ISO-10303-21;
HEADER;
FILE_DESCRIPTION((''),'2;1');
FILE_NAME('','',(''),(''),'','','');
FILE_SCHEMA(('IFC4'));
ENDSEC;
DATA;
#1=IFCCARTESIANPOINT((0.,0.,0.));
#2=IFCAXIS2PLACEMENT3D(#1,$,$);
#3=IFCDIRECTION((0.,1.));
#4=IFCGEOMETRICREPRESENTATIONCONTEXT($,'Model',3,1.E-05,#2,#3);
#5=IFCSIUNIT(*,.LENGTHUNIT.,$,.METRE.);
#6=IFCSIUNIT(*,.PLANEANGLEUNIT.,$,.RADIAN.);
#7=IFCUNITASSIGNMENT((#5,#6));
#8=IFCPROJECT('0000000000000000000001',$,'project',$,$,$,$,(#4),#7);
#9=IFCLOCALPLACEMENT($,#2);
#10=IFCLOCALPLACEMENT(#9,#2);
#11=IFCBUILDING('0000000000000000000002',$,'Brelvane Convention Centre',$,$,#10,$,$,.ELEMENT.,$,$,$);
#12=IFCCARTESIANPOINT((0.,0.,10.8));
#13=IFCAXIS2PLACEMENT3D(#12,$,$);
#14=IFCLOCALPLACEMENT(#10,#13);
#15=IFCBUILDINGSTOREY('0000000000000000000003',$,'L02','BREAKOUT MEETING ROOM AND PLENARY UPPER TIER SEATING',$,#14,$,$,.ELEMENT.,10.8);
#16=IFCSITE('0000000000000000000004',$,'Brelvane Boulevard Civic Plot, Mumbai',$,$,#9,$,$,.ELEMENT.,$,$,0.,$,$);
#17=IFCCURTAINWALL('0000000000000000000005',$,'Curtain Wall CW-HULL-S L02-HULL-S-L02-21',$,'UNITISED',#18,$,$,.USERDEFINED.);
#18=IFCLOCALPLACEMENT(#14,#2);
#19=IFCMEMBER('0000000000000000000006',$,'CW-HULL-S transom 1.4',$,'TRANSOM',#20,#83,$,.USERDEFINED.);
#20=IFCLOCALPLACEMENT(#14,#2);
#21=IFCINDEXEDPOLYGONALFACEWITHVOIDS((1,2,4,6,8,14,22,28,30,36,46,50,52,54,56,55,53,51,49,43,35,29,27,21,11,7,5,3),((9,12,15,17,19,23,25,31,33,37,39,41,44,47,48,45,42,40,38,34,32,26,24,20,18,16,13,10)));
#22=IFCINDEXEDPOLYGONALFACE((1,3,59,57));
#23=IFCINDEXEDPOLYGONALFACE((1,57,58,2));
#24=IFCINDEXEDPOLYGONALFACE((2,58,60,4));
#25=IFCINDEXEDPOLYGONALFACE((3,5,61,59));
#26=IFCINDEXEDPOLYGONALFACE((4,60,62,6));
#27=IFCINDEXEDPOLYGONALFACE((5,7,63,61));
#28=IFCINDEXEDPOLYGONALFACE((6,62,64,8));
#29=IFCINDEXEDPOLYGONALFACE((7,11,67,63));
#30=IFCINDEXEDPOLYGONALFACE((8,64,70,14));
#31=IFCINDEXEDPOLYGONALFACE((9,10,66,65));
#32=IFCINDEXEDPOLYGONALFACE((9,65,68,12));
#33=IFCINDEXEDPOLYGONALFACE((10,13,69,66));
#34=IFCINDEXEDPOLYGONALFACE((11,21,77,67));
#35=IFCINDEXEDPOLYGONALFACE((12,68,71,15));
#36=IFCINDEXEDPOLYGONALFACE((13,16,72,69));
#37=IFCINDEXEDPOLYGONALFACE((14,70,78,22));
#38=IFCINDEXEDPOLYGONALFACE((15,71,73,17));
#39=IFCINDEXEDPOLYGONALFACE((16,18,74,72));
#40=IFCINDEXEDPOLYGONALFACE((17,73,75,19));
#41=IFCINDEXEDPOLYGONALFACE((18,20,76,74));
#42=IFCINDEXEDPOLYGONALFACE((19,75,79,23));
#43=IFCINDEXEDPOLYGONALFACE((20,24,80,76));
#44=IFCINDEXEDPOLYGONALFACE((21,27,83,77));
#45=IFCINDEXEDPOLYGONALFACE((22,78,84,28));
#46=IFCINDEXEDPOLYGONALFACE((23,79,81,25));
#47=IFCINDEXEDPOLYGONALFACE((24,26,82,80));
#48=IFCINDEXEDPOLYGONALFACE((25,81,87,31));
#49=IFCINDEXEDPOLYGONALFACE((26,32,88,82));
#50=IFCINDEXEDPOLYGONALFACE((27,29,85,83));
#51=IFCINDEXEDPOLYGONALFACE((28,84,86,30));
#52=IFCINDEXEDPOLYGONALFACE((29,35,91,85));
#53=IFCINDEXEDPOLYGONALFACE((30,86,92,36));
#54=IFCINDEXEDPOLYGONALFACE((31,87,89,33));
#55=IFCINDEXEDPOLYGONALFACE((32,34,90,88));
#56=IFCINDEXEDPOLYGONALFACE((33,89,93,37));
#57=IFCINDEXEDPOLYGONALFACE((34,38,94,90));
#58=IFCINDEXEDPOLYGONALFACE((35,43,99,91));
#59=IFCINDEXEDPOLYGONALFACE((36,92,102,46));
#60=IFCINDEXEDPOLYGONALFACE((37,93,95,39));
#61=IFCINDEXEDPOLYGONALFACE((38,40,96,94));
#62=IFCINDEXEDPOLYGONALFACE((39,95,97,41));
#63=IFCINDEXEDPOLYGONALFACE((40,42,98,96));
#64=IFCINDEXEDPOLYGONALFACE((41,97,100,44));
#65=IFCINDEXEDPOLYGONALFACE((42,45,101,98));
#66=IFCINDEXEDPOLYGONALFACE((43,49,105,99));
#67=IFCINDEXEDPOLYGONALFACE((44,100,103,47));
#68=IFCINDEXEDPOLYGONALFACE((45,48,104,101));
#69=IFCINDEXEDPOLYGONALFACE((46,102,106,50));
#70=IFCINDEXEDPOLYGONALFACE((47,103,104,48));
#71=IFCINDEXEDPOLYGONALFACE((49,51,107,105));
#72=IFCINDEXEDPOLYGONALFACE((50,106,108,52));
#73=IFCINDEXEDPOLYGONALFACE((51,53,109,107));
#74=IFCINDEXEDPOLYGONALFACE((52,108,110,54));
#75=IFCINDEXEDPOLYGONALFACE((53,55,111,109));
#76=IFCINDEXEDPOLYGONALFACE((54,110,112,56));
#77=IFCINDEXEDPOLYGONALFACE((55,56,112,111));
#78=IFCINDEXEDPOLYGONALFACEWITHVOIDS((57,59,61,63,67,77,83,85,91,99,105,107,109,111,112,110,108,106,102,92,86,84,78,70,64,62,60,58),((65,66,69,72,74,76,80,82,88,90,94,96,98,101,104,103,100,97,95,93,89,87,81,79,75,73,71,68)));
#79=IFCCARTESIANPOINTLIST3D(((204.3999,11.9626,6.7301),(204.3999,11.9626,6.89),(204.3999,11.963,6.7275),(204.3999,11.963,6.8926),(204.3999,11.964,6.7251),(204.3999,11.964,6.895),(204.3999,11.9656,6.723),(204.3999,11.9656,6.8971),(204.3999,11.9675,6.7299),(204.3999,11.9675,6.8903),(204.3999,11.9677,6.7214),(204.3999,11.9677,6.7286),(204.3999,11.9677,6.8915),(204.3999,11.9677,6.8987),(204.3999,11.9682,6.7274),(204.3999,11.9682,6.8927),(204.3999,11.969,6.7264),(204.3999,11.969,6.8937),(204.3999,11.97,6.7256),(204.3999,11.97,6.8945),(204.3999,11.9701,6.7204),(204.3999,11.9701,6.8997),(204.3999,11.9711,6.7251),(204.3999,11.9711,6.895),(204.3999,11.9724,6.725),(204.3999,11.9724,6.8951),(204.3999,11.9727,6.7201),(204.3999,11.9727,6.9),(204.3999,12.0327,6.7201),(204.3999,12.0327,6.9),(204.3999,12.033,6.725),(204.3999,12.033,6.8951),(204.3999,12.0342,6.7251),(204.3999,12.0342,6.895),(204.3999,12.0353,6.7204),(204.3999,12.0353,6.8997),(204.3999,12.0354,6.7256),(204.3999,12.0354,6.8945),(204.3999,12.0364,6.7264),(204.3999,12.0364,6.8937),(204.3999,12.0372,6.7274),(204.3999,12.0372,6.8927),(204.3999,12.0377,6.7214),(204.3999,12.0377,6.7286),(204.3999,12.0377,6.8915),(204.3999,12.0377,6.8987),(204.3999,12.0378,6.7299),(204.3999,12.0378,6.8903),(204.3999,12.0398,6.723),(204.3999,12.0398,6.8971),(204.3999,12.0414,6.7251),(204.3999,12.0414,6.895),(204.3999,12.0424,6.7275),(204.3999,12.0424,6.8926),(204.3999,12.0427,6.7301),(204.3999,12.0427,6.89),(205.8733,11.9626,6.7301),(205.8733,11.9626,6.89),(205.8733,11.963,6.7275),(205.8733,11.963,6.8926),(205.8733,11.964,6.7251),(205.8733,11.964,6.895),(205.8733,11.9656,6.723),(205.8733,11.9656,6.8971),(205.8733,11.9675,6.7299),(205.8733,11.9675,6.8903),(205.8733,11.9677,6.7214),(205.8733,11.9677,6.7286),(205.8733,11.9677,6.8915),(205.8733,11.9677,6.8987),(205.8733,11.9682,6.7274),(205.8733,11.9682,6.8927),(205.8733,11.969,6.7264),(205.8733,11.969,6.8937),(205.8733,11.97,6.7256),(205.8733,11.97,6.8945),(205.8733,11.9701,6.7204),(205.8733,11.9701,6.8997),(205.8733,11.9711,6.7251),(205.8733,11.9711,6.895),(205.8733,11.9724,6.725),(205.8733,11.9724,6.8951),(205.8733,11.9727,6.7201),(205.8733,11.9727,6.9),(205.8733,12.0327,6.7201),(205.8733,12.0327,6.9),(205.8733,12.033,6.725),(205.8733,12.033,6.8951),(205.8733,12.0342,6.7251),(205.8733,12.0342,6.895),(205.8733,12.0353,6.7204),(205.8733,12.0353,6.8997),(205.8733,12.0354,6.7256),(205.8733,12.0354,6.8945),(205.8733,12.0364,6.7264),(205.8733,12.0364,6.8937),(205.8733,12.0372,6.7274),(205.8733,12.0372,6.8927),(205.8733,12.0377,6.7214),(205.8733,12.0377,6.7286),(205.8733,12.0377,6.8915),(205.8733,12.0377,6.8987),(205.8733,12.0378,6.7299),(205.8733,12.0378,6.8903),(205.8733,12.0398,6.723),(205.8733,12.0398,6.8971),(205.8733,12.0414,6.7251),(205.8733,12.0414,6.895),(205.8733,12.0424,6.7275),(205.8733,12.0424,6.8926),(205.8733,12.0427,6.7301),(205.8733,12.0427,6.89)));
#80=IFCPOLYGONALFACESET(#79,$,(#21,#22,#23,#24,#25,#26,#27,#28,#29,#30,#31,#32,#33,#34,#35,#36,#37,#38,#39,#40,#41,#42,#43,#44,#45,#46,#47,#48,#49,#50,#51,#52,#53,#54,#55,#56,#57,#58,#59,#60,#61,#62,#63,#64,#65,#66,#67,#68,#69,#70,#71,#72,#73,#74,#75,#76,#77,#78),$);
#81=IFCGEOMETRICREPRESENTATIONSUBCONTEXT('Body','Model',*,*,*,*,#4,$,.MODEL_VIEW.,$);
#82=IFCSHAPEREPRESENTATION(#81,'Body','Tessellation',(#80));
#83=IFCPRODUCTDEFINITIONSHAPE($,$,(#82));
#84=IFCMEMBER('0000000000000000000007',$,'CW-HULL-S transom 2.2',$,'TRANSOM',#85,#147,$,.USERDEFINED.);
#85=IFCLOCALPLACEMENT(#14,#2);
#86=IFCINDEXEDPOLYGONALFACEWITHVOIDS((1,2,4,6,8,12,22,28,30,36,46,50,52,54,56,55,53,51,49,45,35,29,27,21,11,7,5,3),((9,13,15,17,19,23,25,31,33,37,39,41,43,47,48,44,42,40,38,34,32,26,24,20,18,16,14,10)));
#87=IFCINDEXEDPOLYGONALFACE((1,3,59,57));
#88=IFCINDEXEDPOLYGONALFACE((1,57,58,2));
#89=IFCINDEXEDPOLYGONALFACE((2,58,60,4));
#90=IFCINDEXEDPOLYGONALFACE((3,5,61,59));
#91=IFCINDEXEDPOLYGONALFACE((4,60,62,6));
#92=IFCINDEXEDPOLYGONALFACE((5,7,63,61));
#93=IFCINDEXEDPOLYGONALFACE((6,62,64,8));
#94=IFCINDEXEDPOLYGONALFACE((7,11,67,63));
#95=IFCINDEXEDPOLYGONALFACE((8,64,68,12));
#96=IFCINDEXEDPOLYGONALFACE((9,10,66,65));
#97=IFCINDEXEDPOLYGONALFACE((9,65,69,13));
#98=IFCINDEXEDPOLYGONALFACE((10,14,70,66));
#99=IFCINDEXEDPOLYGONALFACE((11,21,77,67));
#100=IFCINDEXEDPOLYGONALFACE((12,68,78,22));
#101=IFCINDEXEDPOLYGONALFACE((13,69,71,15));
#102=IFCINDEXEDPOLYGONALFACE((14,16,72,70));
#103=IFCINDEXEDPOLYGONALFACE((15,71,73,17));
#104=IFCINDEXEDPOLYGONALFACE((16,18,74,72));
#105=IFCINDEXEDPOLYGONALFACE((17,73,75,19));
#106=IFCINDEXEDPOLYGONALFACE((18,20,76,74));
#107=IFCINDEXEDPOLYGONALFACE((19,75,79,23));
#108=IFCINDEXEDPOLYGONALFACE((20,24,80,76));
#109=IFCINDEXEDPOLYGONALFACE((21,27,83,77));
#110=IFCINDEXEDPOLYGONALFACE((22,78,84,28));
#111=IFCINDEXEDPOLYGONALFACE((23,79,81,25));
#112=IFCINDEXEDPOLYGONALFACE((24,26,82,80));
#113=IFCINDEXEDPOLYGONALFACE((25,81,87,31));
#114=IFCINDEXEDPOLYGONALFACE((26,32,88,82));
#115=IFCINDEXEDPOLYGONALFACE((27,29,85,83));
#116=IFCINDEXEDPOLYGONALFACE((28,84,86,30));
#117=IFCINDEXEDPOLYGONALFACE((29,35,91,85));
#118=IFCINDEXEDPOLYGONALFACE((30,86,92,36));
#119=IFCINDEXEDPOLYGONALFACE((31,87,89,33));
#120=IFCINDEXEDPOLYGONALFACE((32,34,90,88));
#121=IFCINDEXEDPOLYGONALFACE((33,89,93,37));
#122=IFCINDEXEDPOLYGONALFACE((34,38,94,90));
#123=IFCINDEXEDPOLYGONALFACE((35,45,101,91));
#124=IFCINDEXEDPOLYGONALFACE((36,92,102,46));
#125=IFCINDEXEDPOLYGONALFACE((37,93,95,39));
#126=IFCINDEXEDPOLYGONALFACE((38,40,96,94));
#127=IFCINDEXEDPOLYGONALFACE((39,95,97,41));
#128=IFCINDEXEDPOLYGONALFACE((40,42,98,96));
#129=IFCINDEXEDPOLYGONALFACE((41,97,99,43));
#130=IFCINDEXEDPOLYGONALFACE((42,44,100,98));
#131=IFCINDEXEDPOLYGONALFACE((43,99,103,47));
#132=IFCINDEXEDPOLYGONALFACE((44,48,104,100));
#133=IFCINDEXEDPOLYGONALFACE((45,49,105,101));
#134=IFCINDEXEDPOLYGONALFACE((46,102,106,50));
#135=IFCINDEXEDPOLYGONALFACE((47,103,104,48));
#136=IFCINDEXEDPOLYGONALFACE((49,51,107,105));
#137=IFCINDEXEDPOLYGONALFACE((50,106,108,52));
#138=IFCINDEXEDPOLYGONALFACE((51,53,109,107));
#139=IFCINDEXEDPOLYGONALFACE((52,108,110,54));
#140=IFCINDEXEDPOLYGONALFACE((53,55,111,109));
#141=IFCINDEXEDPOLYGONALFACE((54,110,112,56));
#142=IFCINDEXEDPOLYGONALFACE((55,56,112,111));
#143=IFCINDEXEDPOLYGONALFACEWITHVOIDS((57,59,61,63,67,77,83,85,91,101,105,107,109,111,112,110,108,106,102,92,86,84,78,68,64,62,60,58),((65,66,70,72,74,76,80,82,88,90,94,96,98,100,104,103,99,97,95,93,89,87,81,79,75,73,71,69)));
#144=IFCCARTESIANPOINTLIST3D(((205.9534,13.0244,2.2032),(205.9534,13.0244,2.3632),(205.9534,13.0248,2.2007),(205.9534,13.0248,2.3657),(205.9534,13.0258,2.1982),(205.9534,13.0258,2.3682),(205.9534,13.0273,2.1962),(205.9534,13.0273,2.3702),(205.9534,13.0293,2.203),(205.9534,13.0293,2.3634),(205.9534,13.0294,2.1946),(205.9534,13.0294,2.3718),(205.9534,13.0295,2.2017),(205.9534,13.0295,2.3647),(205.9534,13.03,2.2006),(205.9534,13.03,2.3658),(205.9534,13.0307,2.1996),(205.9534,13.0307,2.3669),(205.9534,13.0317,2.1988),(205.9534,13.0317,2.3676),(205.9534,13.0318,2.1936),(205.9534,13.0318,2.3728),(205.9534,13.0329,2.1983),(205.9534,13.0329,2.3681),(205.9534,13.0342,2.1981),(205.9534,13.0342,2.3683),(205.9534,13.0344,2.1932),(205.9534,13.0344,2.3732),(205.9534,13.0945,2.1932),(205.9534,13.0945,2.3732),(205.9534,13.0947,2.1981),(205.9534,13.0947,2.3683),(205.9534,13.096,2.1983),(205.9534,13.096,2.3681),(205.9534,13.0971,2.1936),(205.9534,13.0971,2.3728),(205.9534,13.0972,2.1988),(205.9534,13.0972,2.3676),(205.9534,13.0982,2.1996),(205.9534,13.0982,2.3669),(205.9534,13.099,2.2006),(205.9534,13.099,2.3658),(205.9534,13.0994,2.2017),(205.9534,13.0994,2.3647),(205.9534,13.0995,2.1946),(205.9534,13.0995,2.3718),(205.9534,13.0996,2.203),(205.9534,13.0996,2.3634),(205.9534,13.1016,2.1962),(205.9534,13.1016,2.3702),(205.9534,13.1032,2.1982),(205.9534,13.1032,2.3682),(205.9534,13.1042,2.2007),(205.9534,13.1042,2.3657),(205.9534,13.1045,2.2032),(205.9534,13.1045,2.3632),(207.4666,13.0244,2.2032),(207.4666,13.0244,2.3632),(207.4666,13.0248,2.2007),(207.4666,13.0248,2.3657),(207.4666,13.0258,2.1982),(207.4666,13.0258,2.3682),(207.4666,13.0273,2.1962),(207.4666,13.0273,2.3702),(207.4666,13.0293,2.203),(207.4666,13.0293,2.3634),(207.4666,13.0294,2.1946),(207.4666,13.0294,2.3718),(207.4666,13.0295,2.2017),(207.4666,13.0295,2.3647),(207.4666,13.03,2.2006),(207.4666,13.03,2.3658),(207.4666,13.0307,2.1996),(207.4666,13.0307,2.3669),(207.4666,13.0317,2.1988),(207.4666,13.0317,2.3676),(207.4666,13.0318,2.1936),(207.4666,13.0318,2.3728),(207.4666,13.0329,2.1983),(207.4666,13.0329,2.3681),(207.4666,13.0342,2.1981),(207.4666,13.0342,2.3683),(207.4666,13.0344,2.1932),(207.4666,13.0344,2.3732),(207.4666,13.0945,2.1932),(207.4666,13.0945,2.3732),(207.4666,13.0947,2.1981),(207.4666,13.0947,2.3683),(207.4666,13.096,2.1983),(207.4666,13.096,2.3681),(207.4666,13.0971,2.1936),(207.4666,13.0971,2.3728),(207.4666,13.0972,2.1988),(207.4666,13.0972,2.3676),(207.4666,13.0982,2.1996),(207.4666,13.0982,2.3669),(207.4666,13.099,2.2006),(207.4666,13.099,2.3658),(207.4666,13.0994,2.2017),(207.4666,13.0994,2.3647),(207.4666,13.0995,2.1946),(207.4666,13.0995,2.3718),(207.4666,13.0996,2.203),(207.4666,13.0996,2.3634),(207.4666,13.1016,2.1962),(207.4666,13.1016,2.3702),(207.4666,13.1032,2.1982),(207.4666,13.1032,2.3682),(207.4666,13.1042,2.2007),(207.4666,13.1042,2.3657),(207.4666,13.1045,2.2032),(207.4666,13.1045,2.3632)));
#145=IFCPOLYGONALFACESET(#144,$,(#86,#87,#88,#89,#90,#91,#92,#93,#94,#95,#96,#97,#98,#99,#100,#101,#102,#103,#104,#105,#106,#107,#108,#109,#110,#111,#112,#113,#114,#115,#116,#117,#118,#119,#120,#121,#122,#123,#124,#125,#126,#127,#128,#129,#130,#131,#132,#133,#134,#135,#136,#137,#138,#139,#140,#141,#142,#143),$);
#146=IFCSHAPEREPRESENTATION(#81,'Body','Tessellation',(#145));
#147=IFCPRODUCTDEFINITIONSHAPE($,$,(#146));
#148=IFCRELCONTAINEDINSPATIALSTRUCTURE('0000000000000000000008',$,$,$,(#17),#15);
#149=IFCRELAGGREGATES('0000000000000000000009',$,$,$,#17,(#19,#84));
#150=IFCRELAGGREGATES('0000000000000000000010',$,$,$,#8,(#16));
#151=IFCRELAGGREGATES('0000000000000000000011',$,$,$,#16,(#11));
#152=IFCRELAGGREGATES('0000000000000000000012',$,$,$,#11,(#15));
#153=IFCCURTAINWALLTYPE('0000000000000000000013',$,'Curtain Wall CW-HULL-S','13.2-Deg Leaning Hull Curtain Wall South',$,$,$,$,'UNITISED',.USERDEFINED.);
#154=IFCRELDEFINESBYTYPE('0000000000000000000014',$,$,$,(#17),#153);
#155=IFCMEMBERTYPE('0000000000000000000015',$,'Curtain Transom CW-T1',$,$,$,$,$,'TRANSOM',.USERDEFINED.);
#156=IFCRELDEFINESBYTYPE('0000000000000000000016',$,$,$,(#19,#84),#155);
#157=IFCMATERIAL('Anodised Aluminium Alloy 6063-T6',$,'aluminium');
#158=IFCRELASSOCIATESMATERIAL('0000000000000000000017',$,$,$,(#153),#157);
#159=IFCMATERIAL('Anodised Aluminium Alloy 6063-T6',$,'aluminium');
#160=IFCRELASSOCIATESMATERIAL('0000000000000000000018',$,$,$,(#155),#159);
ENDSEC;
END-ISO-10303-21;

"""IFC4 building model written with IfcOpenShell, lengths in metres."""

from ifc_helpers import new_model, si_unit, direction, frame, origin, origin_2d, place, context, subcontext, project, spatial, hollow_rectangle, extrude, material, material_profile, profile_set, type_object, element, aggregate, save


model = new_model("IFC4")

# Units and contexts
model_context = context("Model", 3, precision=1e-05, world=origin(), true_north=direction((0.0, 1.0)))
body_context = subcontext(model_context, "Body", "Model", "MODEL_VIEW")
ifc_project = project(units=[si_unit("LENGTHUNIT", "METRE"), si_unit("PLANEANGLEUNIT", "RADIAN")], contexts=[model_context])

# Site, building, storey
site_placement = place(None, origin())
site = spatial("IfcSite", under=ifc_project, at=site_placement, Name="Brelvane Boulevard Civic Plot, Mumbai", CompositionType="ELEMENT", RefElevation=0.0)
building_placement = place(site_placement, origin())
building = spatial("IfcBuilding", under=site, at=building_placement, Name="Brelvane Convention Centre", CompositionType="ELEMENT")
storey_placement = place(building_placement, frame((0.0, 0.0, 10.8)))
storey = spatial("IfcBuildingStorey", under=building, at=storey_placement, Name="L02", Description="BREAKOUT MEETING ROOM AND PLENARY UPPER TIER SEATING", CompositionType="ELEMENT", Elevation=10.8)

# Curtain wall, members
ifc_material_1 = material(Name="Anodised Aluminium Alloy 6063-T6", Category="aluminium")
curtain_wall_type = type_object("IfcCurtainWallType", Name="Curtain Wall CW-HULL-S", Description="13.2-Deg Leaning Hull Curtain Wall South", ElementType="UNITISED", PredefinedType="USERDEFINED", material=ifc_material_1)
ifc_material_2 = material(Name="Anodised Aluminium Alloy 6063-T6", Category="aluminium")
ifc_material_profile = material_profile(ifc_material_2, hollow_rectangle(XDim=0.0801, YDim=0.1799, WallThickness=0.0049, InnerFilletRadius=0.0049, OuterFilletRadius=0.01, at=origin_2d()), Name="ALU-T 180x80x5.0")
ifc_profile_set = profile_set([ifc_material_profile], Name="Anodised Aluminium Alloy 6063-T6")
member_type = type_object("IfcMemberType", Name="Curtain Transom CW-T1", ElementType="TRANSOM", PredefinedType="USERDEFINED", material=ifc_profile_set)
curtain_wall_1_placement = place(storey_placement, origin())
curtain_wall_1 = element("IfcCurtainWall", 1, at=curtain_wall_1_placement, inside=storey, type_object=curtain_wall_type, Name="Curtain Wall CW-HULL-S L02-HULL-S-L02-21", ObjectType="UNITISED", PredefinedType="USERDEFINED")
member_1_placement = place(storey_placement, frame((204.3999, 12.0027, 6.8101), z_axis=(1.0, 0.0, 0.0), x_axis=(0.0, 1.0, 0.0)))
member_1 = element("IfcMember", 2, at=member_1_placement, type_object=member_type, Name="CW-HULL-S transom 1.4", ObjectType="TRANSOM", PredefinedType="USERDEFINED", context=body_context, shape_type="SweptSolid", body=[
    extrude(hollow_rectangle(XDim=0.0801, YDim=0.1799, WallThickness=0.0049, InnerFilletRadius=0.0049, OuterFilletRadius=0.01, at=origin_2d()), origin(), (0.0, 0.0, 1.0), 1.4734),
])
member_2_placement = place(storey_placement, frame((205.9534, 13.0645, 2.2832), z_axis=(1.0, 0.0, 0.0), x_axis=(0.0, 1.0, 0.0)))
member_2 = element("IfcMember", 3, at=member_2_placement, type_object=member_type, Name="CW-HULL-S transom 2.2", ObjectType="TRANSOM", PredefinedType="USERDEFINED", context=body_context, shape_type="SweptSolid", body=[
    extrude(hollow_rectangle(XDim=0.0801, YDim=0.1799, WallThickness=0.0049, InnerFilletRadius=0.0049, OuterFilletRadius=0.01, at=origin_2d()), origin(), (0.0, 0.0, 1.0), 1.5132),
])

aggregate(curtain_wall_1, [member_1, member_2])

save(model, "model.ifc")
